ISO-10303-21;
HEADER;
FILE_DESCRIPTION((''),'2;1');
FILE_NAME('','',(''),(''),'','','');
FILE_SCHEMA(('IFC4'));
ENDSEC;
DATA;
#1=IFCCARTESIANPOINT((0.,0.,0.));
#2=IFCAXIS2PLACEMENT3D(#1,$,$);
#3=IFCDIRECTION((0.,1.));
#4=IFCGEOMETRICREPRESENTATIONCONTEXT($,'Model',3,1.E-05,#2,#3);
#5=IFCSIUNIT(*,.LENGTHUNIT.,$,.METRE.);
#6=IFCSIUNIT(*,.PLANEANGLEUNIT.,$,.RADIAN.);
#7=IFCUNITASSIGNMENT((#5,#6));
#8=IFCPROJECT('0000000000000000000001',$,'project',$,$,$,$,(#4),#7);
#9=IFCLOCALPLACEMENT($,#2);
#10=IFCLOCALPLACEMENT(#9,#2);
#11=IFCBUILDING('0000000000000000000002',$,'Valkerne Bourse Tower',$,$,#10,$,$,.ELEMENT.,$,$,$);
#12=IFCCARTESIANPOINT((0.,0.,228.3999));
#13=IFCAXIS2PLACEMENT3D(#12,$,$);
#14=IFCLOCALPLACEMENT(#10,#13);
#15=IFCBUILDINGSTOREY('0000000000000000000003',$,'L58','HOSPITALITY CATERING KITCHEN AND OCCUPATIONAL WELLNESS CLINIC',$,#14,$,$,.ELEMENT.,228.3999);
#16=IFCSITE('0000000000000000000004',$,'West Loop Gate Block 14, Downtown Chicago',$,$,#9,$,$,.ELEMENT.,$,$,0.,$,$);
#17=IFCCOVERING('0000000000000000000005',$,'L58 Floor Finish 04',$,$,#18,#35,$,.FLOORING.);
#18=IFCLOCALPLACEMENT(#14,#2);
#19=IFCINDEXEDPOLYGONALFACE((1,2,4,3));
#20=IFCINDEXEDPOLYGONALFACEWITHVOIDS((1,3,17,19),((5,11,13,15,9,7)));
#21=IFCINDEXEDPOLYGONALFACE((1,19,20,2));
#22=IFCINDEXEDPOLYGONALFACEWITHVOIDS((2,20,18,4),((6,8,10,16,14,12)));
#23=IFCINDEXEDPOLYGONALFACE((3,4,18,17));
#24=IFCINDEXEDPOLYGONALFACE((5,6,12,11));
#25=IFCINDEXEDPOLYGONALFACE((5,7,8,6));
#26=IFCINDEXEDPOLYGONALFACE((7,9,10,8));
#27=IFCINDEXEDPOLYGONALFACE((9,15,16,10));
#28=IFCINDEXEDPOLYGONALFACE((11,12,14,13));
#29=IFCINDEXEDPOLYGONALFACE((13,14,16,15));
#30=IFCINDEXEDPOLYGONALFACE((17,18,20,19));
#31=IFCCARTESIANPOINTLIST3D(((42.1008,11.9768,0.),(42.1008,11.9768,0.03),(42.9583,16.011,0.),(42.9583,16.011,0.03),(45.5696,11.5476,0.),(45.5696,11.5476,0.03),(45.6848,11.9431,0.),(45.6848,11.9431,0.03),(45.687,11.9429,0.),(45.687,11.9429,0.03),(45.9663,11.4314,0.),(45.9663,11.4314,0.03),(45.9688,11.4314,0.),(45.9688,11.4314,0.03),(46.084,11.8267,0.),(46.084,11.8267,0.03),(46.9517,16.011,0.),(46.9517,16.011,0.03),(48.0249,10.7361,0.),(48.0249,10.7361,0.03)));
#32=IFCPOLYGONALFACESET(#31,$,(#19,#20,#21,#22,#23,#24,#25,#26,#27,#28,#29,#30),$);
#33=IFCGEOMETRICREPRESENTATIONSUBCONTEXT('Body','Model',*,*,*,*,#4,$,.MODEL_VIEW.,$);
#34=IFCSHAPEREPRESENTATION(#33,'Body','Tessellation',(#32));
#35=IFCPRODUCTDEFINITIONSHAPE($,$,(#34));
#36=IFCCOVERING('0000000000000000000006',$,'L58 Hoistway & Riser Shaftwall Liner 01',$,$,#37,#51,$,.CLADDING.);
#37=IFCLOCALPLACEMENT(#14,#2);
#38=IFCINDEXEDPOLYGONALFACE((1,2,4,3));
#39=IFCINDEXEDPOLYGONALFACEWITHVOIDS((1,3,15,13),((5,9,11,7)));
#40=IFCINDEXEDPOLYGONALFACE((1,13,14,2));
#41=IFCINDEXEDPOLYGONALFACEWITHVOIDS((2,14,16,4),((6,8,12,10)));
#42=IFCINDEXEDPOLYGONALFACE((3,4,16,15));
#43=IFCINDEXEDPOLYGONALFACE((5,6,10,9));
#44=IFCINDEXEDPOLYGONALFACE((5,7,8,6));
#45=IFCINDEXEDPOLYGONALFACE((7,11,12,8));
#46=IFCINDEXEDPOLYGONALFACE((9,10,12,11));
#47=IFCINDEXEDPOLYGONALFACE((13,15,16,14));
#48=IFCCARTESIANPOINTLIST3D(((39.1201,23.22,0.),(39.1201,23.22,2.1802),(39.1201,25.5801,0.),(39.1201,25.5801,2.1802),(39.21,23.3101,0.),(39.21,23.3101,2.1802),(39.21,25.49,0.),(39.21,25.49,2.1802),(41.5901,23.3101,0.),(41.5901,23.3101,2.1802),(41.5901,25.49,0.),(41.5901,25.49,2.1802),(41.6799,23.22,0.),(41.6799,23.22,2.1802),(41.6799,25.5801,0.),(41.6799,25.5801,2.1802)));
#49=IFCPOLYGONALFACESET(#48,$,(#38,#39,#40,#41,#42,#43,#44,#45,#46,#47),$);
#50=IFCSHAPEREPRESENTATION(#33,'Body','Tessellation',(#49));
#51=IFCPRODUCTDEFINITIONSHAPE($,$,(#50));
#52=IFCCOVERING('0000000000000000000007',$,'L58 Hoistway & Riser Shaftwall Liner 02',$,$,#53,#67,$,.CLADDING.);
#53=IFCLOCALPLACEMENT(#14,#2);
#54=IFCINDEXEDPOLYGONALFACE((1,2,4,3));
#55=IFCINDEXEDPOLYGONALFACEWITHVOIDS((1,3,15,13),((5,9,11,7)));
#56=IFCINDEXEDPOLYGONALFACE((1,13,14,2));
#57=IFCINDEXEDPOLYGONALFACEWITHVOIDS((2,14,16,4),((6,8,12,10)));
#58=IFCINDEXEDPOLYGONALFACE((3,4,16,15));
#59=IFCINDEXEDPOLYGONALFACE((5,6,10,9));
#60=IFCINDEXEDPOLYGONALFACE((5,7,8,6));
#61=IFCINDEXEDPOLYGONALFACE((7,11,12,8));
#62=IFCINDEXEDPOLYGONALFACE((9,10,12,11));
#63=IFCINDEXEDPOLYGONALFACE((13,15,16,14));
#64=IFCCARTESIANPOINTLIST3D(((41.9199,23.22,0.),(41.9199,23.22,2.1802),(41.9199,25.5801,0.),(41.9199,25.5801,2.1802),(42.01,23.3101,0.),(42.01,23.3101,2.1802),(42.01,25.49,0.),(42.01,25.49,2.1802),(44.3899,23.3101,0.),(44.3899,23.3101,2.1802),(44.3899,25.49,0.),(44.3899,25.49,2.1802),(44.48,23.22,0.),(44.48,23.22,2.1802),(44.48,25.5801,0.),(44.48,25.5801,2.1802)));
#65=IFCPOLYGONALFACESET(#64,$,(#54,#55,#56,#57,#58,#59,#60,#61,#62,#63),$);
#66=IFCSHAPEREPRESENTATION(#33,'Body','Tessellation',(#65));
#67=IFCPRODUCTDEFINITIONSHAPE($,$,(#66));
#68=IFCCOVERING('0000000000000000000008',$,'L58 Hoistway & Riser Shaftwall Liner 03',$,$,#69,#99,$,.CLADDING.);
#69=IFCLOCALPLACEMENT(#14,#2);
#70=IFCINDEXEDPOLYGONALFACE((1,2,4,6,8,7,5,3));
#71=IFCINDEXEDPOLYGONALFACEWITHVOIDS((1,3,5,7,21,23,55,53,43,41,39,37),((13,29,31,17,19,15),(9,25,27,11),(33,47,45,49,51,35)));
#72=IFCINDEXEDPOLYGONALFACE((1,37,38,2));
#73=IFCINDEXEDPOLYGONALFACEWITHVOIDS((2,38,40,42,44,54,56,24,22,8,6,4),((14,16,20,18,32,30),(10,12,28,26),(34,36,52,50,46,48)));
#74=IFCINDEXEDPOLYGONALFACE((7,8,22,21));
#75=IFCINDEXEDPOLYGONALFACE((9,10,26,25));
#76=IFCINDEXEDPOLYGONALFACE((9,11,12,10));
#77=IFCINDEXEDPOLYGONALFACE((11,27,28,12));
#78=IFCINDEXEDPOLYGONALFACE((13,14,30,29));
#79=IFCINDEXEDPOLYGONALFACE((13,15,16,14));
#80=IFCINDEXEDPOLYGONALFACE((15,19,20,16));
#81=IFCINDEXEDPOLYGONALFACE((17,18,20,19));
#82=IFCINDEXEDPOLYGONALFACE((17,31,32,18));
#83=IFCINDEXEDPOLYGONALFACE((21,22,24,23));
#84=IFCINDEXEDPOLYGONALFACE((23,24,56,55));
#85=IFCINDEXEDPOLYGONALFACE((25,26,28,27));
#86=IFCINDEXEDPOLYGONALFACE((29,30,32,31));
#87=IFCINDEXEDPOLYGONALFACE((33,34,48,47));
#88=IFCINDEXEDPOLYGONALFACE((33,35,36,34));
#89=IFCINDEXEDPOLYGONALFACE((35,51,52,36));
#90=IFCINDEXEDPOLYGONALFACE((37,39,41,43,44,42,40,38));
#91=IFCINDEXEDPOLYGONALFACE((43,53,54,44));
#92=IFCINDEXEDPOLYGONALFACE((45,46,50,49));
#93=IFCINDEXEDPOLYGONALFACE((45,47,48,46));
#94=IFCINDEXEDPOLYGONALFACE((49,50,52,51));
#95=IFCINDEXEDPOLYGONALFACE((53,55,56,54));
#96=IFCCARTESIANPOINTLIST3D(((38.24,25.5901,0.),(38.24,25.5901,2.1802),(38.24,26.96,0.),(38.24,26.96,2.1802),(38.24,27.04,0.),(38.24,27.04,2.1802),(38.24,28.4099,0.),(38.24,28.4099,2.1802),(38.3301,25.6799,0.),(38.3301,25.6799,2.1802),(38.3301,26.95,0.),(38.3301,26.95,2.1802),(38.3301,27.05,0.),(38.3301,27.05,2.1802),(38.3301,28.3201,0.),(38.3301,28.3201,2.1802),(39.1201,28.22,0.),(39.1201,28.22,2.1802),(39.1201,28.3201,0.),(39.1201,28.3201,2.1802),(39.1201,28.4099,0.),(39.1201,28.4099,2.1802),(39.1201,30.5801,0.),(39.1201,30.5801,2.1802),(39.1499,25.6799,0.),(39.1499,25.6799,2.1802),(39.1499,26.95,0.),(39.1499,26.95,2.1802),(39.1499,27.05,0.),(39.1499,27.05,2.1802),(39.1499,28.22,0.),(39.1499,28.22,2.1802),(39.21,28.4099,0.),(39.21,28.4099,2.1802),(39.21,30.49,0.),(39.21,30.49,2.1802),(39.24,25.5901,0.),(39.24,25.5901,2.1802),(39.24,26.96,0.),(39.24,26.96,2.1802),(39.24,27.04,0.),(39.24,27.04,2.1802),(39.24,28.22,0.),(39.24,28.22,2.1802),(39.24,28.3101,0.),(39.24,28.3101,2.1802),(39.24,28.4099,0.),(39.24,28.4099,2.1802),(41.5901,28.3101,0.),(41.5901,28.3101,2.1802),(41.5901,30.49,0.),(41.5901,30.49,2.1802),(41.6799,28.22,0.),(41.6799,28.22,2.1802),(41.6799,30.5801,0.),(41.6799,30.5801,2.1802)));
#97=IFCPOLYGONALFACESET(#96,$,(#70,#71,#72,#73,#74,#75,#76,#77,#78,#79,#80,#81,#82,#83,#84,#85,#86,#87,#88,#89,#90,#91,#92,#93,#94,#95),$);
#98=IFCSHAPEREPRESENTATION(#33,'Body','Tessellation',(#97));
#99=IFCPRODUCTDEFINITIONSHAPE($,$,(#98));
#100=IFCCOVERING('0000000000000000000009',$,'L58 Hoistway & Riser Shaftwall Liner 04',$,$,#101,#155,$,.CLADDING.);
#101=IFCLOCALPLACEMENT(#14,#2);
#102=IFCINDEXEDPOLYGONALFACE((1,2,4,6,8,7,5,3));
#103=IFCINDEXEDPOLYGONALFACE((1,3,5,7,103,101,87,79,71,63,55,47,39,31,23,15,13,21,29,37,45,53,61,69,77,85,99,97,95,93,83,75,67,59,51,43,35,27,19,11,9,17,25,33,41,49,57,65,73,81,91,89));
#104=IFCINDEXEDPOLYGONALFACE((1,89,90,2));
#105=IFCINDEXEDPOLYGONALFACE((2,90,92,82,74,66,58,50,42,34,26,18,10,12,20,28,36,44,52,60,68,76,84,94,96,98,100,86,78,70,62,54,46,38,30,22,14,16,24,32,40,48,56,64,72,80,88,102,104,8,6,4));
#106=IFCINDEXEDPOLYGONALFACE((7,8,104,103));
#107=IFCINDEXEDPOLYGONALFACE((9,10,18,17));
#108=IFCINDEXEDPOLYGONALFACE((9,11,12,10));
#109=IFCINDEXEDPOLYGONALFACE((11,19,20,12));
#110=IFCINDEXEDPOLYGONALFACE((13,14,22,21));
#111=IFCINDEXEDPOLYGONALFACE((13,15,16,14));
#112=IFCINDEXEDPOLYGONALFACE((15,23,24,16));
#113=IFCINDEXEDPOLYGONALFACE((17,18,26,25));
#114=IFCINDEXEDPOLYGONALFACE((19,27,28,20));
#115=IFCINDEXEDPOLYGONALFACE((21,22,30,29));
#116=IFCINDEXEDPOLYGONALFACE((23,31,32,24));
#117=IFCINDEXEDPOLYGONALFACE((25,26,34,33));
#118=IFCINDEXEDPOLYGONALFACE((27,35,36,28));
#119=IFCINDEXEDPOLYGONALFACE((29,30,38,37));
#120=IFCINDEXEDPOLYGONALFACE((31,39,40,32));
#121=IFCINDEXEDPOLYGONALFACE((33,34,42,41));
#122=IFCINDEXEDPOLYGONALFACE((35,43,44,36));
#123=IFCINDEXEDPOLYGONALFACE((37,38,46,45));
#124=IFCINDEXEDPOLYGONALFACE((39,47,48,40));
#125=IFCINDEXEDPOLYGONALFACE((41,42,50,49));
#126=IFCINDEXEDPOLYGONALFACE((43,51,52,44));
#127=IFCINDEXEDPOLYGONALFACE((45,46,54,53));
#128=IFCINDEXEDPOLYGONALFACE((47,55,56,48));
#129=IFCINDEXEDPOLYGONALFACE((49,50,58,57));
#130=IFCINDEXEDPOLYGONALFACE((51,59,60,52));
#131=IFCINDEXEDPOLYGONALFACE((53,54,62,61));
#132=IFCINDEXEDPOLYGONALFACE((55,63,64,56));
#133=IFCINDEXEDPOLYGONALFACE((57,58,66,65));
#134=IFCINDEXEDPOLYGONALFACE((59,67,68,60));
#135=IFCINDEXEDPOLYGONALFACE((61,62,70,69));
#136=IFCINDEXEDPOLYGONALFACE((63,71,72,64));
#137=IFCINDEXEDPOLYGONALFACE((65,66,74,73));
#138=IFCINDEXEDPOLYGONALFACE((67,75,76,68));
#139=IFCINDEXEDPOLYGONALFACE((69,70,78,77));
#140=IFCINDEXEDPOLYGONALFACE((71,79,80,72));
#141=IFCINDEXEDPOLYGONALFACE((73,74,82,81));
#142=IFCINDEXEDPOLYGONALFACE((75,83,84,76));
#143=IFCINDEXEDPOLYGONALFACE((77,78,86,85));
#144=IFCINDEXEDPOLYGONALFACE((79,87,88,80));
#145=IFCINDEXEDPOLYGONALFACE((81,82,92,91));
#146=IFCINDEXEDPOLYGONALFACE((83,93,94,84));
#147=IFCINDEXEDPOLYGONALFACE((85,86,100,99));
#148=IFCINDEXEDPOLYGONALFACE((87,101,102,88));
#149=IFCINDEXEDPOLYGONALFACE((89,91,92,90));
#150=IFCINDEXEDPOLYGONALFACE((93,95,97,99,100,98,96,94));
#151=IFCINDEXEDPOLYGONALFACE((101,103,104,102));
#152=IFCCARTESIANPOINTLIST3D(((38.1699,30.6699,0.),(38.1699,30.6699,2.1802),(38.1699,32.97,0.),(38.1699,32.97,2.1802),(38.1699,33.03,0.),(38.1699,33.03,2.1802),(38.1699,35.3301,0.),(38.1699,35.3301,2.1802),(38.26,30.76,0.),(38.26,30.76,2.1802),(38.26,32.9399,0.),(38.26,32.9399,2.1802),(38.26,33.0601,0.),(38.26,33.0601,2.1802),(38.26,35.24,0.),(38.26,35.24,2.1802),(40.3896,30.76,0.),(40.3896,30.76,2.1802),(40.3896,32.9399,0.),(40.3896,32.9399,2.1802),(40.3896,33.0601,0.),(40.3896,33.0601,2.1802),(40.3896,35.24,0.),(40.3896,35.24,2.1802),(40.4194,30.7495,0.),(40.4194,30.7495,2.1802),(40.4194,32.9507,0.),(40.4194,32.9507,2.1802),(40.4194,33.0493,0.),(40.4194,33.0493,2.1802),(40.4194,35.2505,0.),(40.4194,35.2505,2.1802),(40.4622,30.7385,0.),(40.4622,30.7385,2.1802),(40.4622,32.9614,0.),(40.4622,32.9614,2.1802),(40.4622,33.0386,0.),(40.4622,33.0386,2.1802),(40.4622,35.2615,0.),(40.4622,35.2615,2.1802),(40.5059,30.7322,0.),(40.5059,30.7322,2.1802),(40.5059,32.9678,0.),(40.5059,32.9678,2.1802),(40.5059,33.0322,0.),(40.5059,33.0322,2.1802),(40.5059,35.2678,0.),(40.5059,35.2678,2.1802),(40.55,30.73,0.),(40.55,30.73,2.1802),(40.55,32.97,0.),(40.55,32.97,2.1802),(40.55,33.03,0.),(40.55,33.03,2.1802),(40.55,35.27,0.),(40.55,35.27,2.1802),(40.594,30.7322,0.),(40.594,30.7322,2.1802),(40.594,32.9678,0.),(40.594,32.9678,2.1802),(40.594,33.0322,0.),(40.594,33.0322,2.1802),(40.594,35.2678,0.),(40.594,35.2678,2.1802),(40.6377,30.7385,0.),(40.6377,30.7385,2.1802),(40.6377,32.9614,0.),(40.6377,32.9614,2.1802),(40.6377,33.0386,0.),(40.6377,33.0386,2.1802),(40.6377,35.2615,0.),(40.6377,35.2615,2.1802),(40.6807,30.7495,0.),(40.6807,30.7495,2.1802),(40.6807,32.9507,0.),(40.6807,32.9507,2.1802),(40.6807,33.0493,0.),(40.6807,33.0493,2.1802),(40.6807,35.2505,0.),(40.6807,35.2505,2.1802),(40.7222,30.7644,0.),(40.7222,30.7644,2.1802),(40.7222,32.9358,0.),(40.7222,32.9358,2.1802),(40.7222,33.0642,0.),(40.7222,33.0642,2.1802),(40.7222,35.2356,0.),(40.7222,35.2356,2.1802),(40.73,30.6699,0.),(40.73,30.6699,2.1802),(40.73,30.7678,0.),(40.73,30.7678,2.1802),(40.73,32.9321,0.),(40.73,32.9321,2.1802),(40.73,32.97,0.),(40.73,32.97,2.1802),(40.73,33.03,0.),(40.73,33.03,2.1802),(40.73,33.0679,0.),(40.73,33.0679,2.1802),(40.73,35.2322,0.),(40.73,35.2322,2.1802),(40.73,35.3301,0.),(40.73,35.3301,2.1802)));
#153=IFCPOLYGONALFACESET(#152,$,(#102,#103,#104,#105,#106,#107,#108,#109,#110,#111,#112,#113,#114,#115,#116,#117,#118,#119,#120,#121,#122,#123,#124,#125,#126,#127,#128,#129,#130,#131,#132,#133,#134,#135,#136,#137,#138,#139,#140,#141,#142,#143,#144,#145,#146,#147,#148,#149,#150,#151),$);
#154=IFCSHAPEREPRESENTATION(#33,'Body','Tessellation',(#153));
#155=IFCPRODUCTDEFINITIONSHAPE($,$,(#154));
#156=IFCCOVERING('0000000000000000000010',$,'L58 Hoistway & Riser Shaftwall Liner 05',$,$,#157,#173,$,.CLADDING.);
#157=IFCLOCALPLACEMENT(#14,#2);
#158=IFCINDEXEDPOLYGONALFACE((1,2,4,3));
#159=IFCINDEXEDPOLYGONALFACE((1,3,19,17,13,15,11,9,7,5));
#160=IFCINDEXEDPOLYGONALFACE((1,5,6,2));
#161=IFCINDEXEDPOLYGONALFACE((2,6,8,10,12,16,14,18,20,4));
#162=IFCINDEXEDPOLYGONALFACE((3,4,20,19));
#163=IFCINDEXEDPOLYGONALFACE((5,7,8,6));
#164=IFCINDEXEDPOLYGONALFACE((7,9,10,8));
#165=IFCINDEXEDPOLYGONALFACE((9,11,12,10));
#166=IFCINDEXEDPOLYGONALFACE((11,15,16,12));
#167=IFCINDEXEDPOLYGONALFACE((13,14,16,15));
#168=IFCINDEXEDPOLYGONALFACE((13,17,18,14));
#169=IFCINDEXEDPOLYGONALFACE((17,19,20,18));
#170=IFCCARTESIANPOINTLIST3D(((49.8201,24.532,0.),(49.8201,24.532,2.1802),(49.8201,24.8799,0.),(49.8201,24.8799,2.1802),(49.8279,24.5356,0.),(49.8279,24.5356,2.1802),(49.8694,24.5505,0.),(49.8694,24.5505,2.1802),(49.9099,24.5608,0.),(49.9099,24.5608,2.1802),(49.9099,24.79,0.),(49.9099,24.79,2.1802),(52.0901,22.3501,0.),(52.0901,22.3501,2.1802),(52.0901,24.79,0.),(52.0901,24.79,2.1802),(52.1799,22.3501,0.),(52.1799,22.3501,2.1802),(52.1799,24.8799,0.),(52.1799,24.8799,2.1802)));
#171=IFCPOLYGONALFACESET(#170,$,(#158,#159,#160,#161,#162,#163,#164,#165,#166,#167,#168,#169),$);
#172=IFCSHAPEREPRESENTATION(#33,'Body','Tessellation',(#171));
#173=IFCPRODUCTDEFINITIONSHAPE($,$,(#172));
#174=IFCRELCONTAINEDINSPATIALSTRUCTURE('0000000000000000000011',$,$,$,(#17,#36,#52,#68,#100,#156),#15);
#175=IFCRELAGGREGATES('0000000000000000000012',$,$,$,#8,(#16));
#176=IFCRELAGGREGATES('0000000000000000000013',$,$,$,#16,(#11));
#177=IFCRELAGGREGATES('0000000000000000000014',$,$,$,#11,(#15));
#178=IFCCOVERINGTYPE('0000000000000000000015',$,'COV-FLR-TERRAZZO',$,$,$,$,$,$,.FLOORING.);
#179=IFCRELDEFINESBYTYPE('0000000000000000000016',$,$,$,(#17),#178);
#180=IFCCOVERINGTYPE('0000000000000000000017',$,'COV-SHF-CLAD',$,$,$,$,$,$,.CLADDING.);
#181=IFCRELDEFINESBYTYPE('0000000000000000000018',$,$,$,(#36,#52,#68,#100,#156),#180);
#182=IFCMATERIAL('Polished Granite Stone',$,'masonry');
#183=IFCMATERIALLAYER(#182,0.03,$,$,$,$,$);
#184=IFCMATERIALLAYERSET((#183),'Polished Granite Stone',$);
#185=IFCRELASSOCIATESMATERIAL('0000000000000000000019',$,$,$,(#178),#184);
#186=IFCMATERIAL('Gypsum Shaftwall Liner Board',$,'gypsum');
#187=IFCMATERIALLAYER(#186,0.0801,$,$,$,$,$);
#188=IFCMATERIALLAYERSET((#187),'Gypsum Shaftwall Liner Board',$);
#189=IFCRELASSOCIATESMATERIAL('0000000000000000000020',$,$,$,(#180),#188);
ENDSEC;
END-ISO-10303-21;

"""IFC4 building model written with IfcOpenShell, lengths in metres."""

from ifc_helpers import new_model, si_unit, direction, frame, origin, place, context, subcontext, project, spatial, polyline, outline, extrude, material, layer, layer_set, type_object, element, save


model = new_model("IFC4")

# Units and contexts
model_context = context("Model", 3, precision=1e-05, world=origin(), true_north=direction((0.0, 1.0)))
body_context = subcontext(model_context, "Body", "Model", "MODEL_VIEW")
ifc_project = project(units=[si_unit("LENGTHUNIT", "METRE"), si_unit("PLANEANGLEUNIT", "RADIAN")], contexts=[model_context])

# Site, building, storey
site_placement = place(None, origin())
site = spatial("IfcSite", under=ifc_project, at=site_placement, Name="West Loop Gate Block 14, Downtown Chicago", CompositionType="ELEMENT", RefElevation=0.0)
building_placement = place(site_placement, origin())
building = spatial("IfcBuilding", under=site, at=building_placement, Name="Valkerne Bourse Tower", CompositionType="ELEMENT")
storey_placement = place(building_placement, frame((0.0, 0.0, 228.3999)))
storey = spatial("IfcBuildingStorey", under=building, at=storey_placement, Name="L58", Description="HOSPITALITY CATERING KITCHEN AND OCCUPATIONAL WELLNESS CLINIC", CompositionType="ELEMENT", Elevation=228.3999)

# Coverings
ifc_material_1 = material(Name="Polished Granite Stone", Category="masonry")
ifc_layer_1 = layer(ifc_material_1, 0.03)
ifc_layer_set_1 = layer_set([ifc_layer_1], Name="Polished Granite Stone")
covering_type_1 = type_object("IfcCoveringType", Name="COV-FLR-TERRAZZO", PredefinedType="FLOORING", material=ifc_layer_set_1)
covering_1_placement = place(storey_placement, origin())
element("IfcCovering", 1, at=covering_1_placement, inside=storey, type_object=covering_type_1, Name="L58 Floor Finish 04", PredefinedType="FLOORING", context=body_context, shape_type="SweptSolid", body=[
    extrude(outline(polyline([(46.9517, 16.011), (48.0249, 10.7361), (42.1008, 11.9768), (42.9583, 16.011), (46.9517, 16.011)]), holes=[polyline([(45.687, 11.9429), (45.6848, 11.9431), (45.5696, 11.5476), (45.9663, 11.4314), (45.9688, 11.4314), (46.084, 11.8267), (45.687, 11.9429)])]), origin(), (0.0, 0.0, 1.0), 0.03),
])
ifc_material_2 = material(Name="Gypsum Shaftwall Liner Board", Category="gypsum")
ifc_layer_2 = layer(ifc_material_2, 0.0801)
ifc_layer_set_2 = layer_set([ifc_layer_2], Name="Gypsum Shaftwall Liner Board")
covering_type_2 = type_object("IfcCoveringType", Name="COV-SHF-CLAD", PredefinedType="CLADDING", material=ifc_layer_set_2)
covering_2_placement = place(storey_placement, origin())
element("IfcCovering", 2, at=covering_2_placement, inside=storey, type_object=covering_type_2, Name="L58 Hoistway & Riser Shaftwall Liner 01", PredefinedType="CLADDING", context=body_context, shape_type="SweptSolid", body=[
    extrude(outline(polyline([(41.6799, 25.5801), (41.6799, 23.22), (39.1201, 23.22), (39.1201, 25.5801), (41.6799, 25.5801)]), holes=[polyline([(41.5901, 25.49), (39.21, 25.49), (39.21, 23.3101), (41.5901, 23.3101), (41.5901, 25.49)])]), origin(), (0.0, 0.0, 1.0), 2.1802),
])
covering_3_placement = place(storey_placement, origin())
element("IfcCovering", 3, at=covering_3_placement, inside=storey, type_object=covering_type_2, Name="L58 Hoistway & Riser Shaftwall Liner 02", PredefinedType="CLADDING", context=body_context, shape_type="SweptSolid", body=[
    extrude(outline(polyline([(44.48, 23.22), (41.9199, 23.22), (41.9199, 25.5801), (44.48, 25.5801), (44.48, 23.22)]), holes=[polyline([(42.01, 25.49), (42.01, 23.3101), (44.3899, 23.3101), (44.3899, 25.49), (42.01, 25.49)])]), origin(), (0.0, 0.0, 1.0), 2.1802),
])
covering_4_placement = place(storey_placement, origin())
element("IfcCovering", 4, at=covering_4_placement, inside=storey, type_object=covering_type_2, Name="L58 Hoistway & Riser Shaftwall Liner 03", PredefinedType="CLADDING", context=body_context, shape_type="SweptSolid", body=[
    extrude(outline(polyline([(38.24, 28.4099), (39.1201, 28.4099), (39.1201, 30.5801), (41.6799, 30.5801), (41.6799, 28.22), (39.24, 28.22), (39.24, 27.04), (39.24, 26.96), (39.24, 25.5901), (38.24, 25.5901), (38.24, 26.96), (38.24, 27.04), (38.24, 28.4099)]), holes=[polyline([(38.3301, 26.95), (38.3301, 25.6799), (39.1499, 25.6799), (39.1499, 26.95), (38.3301, 26.95)]), polyline([(39.21, 30.49), (39.21, 28.4099), (39.24, 28.4099), (39.24, 28.3101), (41.5901, 28.3101), (41.5901, 30.49), (39.21, 30.49)]), polyline([(38.3301, 27.05), (39.1499, 27.05), (39.1499, 28.22), (39.1201, 28.22), (39.1201, 28.3201), (38.3301, 28.3201), (38.3301, 27.05)])]), origin(), (0.0, 0.0, 1.0), 2.1802),
])
covering_5_placement = place(storey_placement, origin())
element("IfcCovering", 5, at=covering_5_placement, inside=storey, type_object=covering_type_2, Name="L58 Hoistway & Riser Shaftwall Liner 04", PredefinedType="CLADDING", context=body_context, shape_type="SweptSolid", body=[
    extrude(outline(polyline([(38.1699, 35.3301), (40.73, 35.3301), (40.73, 35.2322), (40.7222, 35.2356), (40.6807, 35.2505), (40.6377, 35.2615), (40.594, 35.2678), (40.55, 35.27), (40.5059, 35.2678), (40.4622, 35.2615), (40.4194, 35.2505), (40.3896, 35.24), (38.26, 35.24), (38.26, 33.0601), (40.3896, 33.0601), (40.4194, 33.0493), (40.4622, 33.0386), (40.5059, 33.0322), (40.55, 33.03), (40.594, 33.0322), (40.6377, 33.0386), (40.6807, 33.0493), (40.7222, 33.0642), (40.73, 33.0679), (40.73, 33.03), (40.73, 32.97), (40.73, 32.9321), (40.7222, 32.9358), (40.6807, 32.9507), (40.6377, 32.9614), (40.594, 32.9678), (40.55, 32.97), (40.5059, 32.9678), (40.4622, 32.9614), (40.4194, 32.9507), (40.3896, 32.9399), (38.26, 32.9399), (38.26, 30.76), (40.3896, 30.76), (40.4194, 30.7495), (40.4622, 30.7385), (40.5059, 30.7322), (40.55, 30.73), (40.594, 30.7322), (40.6377, 30.7385), (40.6807, 30.7495), (40.7222, 30.7644), (40.73, 30.7678), (40.73, 30.6699), (38.1699, 30.6699), (38.1699, 32.97), (38.1699, 33.03), (38.1699, 35.3301)])), origin(), (0.0, 0.0, 1.0), 2.1802),
])
covering_6_placement = place(storey_placement, origin())
element("IfcCovering", 6, at=covering_6_placement, inside=storey, type_object=covering_type_2, Name="L58 Hoistway & Riser Shaftwall Liner 05", PredefinedType="CLADDING", context=body_context, shape_type="SweptSolid", body=[
    extrude(outline(polyline([(52.1799, 22.3501), (52.0901, 22.3501), (52.0901, 24.79), (49.9099, 24.79), (49.9099, 24.5608), (49.8694, 24.5505), (49.8279, 24.5356), (49.8201, 24.532), (49.8201, 24.8799), (52.1799, 24.8799), (52.1799, 22.3501)])), origin(), (0.0, 0.0, 1.0), 2.1802),
])

save(model, "model.ifc")
